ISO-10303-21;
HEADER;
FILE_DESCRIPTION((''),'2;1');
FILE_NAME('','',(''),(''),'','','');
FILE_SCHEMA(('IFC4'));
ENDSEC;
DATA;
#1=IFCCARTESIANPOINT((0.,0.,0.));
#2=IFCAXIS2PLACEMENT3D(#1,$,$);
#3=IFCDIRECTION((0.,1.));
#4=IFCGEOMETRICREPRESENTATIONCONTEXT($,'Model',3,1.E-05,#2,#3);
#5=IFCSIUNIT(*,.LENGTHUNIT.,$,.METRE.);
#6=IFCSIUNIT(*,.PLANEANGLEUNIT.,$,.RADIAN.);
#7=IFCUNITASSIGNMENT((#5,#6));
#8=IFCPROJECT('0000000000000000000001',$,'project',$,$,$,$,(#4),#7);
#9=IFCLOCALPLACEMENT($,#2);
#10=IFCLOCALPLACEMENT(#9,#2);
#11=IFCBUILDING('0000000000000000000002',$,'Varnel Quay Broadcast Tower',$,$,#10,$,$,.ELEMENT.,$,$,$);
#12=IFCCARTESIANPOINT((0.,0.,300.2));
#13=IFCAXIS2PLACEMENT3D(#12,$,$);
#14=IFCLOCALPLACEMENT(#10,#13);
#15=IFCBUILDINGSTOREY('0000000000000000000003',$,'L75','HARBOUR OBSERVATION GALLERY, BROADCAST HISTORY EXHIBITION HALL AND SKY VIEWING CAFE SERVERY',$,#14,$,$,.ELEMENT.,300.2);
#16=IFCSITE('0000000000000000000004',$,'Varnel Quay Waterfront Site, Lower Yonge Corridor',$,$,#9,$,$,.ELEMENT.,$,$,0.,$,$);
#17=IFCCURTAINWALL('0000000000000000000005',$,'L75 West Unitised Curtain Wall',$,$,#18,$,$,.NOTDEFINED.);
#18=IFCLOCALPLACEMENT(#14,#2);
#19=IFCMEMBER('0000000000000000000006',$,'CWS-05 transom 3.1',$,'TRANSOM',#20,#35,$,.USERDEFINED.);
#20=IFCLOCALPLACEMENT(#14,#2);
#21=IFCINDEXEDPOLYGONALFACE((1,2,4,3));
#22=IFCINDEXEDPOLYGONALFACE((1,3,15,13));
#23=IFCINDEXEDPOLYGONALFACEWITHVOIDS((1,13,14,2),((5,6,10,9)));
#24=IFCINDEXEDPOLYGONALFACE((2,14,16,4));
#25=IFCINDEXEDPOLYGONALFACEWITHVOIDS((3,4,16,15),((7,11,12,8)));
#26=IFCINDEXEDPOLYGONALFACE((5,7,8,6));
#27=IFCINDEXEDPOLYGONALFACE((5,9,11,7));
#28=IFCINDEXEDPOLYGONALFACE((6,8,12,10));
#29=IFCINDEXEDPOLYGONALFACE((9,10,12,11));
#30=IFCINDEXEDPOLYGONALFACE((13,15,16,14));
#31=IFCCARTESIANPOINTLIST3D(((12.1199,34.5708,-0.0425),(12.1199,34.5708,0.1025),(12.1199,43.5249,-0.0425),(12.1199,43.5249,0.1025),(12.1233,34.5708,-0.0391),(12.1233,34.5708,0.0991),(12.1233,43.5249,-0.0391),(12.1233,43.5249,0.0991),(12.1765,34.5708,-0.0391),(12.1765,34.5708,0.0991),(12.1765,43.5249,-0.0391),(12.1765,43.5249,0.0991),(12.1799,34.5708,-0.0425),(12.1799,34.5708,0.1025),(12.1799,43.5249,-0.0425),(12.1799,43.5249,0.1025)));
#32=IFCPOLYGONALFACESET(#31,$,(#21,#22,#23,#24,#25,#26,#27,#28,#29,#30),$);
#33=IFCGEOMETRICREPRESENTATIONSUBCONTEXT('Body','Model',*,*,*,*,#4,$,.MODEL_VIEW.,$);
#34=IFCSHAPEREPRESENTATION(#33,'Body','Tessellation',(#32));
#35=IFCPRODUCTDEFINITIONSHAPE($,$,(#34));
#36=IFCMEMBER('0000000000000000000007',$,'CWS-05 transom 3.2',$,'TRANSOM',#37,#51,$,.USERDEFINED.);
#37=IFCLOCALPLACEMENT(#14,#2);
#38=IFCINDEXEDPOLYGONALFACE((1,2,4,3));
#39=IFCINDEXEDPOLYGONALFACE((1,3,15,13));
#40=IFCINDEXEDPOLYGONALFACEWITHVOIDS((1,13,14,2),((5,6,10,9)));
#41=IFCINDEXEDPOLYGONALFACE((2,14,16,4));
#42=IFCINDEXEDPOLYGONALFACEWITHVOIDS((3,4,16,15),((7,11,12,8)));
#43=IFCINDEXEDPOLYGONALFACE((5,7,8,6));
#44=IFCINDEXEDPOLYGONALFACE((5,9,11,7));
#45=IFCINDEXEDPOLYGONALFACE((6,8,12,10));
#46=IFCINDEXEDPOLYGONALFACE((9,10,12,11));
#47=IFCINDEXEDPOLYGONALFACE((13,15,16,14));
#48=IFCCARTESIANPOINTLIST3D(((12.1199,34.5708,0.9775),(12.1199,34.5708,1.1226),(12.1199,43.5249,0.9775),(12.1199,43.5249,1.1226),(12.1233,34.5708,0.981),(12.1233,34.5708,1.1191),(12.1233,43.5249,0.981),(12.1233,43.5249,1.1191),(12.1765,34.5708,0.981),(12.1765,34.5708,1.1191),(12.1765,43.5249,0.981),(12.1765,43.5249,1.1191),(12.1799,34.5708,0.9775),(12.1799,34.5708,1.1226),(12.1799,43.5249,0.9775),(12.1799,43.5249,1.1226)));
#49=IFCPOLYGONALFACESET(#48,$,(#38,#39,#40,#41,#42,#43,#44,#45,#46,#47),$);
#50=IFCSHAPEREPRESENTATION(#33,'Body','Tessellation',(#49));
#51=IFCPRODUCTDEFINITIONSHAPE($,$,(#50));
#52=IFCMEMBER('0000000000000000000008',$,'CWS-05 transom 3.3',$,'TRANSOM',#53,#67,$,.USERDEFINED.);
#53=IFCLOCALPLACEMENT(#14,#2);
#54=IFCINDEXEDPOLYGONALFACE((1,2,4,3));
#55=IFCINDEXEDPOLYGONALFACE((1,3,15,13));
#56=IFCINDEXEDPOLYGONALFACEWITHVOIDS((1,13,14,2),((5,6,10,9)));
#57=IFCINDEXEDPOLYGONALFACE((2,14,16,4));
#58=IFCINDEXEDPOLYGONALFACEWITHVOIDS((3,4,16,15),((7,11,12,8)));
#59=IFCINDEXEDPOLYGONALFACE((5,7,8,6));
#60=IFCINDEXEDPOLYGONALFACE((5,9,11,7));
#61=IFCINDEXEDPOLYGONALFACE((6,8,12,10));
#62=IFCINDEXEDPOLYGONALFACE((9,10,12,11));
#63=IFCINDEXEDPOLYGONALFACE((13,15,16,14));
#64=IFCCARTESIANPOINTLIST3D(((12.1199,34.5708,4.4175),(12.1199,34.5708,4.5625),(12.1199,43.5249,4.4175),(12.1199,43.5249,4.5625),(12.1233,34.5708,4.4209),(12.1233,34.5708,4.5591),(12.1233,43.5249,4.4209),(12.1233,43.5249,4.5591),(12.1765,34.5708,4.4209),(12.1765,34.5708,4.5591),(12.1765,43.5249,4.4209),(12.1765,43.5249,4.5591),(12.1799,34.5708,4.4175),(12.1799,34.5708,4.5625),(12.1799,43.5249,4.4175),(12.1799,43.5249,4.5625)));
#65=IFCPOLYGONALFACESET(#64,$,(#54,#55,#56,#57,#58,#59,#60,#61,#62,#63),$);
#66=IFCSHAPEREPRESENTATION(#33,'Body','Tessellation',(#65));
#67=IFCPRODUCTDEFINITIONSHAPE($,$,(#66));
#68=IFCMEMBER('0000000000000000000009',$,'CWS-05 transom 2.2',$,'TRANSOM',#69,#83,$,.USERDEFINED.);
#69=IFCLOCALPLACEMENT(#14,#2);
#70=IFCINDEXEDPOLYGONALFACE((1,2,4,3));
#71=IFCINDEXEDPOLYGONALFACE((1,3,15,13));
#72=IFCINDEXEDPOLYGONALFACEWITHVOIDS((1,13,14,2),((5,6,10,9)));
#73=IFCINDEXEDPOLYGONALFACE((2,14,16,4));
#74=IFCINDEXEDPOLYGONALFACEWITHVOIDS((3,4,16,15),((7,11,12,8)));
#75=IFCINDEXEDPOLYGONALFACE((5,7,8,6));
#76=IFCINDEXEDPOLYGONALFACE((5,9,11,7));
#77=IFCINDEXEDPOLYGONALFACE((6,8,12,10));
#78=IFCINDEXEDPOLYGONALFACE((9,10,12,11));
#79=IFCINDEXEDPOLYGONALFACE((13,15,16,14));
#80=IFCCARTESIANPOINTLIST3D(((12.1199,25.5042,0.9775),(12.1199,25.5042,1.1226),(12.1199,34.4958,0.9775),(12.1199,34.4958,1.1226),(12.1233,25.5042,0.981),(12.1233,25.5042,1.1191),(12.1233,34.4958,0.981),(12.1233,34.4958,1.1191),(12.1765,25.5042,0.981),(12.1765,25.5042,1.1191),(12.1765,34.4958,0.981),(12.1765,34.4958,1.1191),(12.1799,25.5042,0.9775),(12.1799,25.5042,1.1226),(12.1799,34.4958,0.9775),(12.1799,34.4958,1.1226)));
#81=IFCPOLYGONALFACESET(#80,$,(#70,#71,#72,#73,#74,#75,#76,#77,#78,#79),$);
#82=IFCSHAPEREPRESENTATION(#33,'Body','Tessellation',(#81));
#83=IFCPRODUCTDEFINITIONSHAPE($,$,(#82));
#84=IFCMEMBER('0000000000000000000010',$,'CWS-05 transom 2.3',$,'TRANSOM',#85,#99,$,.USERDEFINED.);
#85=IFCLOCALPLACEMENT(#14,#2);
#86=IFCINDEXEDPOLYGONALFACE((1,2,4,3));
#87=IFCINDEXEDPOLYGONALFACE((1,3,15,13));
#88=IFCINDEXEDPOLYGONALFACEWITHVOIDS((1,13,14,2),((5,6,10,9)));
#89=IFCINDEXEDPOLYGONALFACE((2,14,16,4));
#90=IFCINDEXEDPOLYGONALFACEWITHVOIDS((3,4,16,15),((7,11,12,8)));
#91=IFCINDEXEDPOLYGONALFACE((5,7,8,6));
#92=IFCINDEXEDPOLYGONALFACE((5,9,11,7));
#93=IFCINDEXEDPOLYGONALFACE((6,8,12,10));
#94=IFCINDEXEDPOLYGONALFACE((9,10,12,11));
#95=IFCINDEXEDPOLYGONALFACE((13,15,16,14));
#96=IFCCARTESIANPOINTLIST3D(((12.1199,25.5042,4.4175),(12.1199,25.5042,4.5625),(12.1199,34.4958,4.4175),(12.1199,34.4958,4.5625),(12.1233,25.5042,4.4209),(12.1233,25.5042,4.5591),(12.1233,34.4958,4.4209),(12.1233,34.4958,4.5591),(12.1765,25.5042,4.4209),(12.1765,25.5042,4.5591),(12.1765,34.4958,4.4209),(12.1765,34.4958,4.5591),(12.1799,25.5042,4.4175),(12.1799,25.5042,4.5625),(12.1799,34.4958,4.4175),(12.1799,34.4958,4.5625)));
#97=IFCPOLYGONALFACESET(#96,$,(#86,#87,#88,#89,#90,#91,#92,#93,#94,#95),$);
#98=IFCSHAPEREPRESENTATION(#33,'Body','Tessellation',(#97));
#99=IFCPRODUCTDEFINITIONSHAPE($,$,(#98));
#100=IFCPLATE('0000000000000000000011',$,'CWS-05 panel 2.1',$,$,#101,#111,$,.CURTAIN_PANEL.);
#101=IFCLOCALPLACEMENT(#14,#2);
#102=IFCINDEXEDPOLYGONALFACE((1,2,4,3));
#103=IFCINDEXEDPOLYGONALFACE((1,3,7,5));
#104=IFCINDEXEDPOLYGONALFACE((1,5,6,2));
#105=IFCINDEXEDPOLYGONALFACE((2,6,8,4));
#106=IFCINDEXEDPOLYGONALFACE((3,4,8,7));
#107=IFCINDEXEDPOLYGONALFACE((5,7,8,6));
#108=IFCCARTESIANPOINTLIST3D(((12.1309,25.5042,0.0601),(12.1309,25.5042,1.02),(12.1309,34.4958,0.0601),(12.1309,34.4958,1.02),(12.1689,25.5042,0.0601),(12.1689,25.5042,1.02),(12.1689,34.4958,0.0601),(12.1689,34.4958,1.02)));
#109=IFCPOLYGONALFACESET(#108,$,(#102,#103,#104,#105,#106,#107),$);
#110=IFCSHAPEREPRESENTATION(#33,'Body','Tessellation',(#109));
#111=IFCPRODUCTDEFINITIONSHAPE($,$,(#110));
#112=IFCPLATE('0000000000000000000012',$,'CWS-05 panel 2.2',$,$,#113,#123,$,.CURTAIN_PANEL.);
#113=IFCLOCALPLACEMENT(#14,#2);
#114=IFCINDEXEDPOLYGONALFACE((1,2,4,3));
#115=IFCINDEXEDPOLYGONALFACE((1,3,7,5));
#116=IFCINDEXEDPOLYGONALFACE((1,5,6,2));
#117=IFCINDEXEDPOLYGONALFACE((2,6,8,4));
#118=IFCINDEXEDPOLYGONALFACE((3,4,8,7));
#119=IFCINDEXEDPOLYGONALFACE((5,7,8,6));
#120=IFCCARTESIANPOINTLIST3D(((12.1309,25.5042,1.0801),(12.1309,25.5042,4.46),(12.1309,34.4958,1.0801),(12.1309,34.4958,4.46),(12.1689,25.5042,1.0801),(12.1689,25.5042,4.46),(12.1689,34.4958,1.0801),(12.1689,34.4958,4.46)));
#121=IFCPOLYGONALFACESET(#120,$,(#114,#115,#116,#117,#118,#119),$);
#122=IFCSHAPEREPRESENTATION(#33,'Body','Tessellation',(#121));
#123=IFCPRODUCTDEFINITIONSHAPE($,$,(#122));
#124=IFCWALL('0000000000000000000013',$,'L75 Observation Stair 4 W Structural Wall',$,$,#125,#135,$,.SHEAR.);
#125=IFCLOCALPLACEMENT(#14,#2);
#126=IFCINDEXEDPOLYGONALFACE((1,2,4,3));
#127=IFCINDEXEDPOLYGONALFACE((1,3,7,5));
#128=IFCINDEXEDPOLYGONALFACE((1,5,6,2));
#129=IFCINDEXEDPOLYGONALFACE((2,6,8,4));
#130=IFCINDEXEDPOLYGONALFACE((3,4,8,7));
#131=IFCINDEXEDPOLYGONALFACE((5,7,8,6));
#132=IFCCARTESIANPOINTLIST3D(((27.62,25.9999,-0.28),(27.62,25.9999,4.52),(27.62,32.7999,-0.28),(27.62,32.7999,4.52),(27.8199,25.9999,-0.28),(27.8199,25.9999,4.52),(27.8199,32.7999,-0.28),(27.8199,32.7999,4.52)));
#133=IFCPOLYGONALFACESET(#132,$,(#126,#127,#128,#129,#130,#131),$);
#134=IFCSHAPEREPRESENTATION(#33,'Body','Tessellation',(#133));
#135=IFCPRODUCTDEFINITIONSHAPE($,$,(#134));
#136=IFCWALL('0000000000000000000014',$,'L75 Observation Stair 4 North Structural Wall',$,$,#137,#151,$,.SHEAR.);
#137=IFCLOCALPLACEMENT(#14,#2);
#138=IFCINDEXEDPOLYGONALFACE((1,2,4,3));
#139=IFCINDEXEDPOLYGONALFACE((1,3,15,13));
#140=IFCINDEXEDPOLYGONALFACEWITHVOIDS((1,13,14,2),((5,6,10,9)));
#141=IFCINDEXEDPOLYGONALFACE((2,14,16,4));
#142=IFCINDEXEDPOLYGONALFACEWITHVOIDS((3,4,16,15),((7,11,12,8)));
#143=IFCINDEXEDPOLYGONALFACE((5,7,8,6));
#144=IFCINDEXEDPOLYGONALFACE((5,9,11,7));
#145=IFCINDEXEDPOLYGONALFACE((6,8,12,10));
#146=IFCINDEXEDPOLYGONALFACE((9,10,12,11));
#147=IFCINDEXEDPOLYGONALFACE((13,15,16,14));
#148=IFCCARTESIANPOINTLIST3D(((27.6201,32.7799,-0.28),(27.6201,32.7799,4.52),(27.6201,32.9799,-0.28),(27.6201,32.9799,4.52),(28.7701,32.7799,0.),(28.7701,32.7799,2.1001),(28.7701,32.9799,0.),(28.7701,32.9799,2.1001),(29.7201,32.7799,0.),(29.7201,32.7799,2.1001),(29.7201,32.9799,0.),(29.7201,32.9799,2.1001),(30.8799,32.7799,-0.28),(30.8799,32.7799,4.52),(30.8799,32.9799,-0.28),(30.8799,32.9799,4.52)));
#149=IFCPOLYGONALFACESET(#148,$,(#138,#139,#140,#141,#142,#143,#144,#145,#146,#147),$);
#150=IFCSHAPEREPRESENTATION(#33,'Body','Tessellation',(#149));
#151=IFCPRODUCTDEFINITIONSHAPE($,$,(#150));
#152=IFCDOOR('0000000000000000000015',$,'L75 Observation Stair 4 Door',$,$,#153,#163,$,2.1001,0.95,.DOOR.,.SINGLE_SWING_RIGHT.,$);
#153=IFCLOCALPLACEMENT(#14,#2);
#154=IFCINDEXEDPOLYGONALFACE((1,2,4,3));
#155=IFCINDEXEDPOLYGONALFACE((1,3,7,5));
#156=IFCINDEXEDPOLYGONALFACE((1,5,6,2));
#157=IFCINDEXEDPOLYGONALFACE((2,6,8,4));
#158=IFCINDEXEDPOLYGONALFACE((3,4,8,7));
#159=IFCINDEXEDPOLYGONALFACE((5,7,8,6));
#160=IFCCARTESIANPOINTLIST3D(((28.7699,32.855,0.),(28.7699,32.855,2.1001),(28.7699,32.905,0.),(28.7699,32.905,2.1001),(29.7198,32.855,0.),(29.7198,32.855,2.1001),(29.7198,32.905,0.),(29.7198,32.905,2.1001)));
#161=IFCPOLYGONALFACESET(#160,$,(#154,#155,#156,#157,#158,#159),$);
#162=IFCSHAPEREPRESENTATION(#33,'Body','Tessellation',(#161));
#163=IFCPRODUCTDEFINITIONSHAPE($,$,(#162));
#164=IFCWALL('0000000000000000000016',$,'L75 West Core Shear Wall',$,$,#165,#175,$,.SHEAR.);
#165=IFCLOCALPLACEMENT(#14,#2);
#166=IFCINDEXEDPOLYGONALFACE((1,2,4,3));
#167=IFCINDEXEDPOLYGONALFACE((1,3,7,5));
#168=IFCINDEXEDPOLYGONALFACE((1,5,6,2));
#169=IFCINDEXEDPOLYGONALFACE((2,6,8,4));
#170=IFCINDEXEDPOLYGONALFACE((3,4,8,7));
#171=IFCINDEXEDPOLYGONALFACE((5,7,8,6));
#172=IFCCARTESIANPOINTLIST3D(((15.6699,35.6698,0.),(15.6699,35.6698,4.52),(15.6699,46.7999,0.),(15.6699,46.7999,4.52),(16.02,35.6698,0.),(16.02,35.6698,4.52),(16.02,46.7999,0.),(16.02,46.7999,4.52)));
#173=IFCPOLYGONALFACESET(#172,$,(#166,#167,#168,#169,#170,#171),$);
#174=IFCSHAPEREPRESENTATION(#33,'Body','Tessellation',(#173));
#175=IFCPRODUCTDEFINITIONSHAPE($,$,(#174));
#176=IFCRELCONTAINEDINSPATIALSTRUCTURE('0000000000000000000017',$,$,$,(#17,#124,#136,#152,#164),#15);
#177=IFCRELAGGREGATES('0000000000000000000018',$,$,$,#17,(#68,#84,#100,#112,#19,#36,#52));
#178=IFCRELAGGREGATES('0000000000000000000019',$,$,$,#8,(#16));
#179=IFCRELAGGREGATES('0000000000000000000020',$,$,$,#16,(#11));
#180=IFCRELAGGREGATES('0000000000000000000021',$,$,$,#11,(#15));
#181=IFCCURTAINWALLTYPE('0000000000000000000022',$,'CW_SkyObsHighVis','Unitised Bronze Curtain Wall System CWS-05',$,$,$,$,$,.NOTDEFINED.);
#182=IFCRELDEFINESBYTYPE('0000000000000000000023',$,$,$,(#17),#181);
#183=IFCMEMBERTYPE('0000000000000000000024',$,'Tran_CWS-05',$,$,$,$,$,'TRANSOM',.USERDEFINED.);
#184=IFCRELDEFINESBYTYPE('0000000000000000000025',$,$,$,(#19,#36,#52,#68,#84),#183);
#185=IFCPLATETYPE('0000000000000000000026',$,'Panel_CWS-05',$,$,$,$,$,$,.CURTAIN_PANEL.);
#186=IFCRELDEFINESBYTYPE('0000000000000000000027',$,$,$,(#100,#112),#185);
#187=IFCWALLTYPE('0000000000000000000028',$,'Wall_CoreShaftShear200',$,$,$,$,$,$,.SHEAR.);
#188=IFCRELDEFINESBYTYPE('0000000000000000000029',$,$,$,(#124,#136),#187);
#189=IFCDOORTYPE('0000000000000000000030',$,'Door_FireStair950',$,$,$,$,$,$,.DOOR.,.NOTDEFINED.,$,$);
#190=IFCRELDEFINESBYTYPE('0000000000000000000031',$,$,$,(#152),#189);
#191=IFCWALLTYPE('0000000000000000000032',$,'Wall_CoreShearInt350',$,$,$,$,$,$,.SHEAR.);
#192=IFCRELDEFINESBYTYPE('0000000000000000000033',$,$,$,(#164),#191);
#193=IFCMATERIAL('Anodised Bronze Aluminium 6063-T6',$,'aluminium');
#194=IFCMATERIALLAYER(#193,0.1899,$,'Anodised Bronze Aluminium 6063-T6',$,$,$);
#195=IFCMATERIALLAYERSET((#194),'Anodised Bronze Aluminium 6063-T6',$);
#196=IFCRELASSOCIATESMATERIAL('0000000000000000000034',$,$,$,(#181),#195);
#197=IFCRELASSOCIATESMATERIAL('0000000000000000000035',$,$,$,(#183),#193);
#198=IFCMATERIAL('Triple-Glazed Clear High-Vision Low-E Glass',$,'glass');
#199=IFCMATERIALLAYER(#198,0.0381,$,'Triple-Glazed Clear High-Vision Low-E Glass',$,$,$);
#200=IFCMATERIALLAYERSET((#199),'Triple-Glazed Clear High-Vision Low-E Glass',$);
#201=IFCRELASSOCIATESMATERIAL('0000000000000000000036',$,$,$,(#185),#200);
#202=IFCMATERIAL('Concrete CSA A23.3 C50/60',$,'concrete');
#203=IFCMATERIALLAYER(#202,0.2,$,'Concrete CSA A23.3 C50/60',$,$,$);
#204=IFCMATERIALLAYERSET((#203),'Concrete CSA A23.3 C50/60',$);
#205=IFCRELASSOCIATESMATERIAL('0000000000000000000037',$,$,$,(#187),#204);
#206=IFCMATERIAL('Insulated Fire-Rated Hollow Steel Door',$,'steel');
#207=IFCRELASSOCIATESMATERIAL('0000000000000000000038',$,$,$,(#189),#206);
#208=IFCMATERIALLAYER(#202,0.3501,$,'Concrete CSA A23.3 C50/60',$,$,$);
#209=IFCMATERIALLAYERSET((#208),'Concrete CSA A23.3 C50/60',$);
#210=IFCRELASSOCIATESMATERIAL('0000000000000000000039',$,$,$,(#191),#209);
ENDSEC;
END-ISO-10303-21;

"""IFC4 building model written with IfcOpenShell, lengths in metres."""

from ifc_helpers import new_model, si_unit, direction, frame, frame_2d, origin, origin_2d, place, context, subcontext, project, spatial, rectangle, hollow_rectangle, extrude, source, transform, mapped, material, layer, layer_set, material_profile, profile_set, type_object, type_shapes, element, fill, aggregate, save


model = new_model("IFC4")

# Units and contexts
model_context = context("Model", 3, precision=1e-05, world=origin(), true_north=direction((0.0, 1.0)))
body_context = subcontext(model_context, "Body", "Model", "MODEL_VIEW")
ifc_project = project(units=[si_unit("LENGTHUNIT", "METRE"), si_unit("PLANEANGLEUNIT", "RADIAN")], contexts=[model_context])

# Site, building, storey
site_placement = place(None, origin())
site = spatial("IfcSite", under=ifc_project, at=site_placement, Name="Varnel Quay Waterfront Site, Lower Yonge Corridor", CompositionType="ELEMENT", RefElevation=0.0)
building_placement = place(site_placement, origin())
building = spatial("IfcBuilding", under=site, at=building_placement, Name="Varnel Quay Broadcast Tower", CompositionType="ELEMENT")
storey_placement = place(building_placement, frame((0.0, 0.0, 300.2)))
storey = spatial("IfcBuildingStorey", under=building, at=storey_placement, Name="L75", Description="HARBOUR OBSERVATION GALLERY, BROADCAST HISTORY EXHIBITION HALL AND SKY VIEWING CAFE SERVERY", CompositionType="ELEMENT", Elevation=300.2)

# Shared definitions
ifc_material_1 = material(Name="Concrete CSA A23.3 C50/60", Category="concrete")

# Curtain wall, members, plates
ifc_material_2 = material(Name="Anodised Bronze Aluminium 6063-T6", Category="aluminium")
ifc_layer_1 = layer(ifc_material_2, 0.1899, Name="Anodised Bronze Aluminium 6063-T6")
ifc_layer_set_1 = layer_set([ifc_layer_1], Name="Anodised Bronze Aluminium 6063-T6")
curtain_wall_type = type_object("IfcCurtainWallType", Name="CW_SkyObsHighVis", Description="Unitised Bronze Curtain Wall System CWS-05", PredefinedType="NOTDEFINED", material=ifc_layer_set_1)
curtain_wall_placement = place(storey_placement, origin())
curtain_wall = element("IfcCurtainWall", 1, at=curtain_wall_placement, inside=storey, type_object=curtain_wall_type, Name="L75 West Unitised Curtain Wall", PredefinedType="NOTDEFINED")
ifc_material_profile_1 = material_profile(ifc_material_2, hollow_rectangle(XDim=0.0601, YDim=0.145, WallThickness=0.0034, at=origin_2d()), Name="ALU60X145X3.5")
ifc_profile_set_1 = profile_set([ifc_material_profile_1], Name="Anodised Bronze Aluminium 6063-T6")
member_type_1 = type_object("IfcMemberType", Name="Tran_CWS-05", ElementType="TRANSOM", PredefinedType="USERDEFINED", material=ifc_profile_set_1)
shared_shape_1 = source(origin(), body_context, "Body", "SweptSolid", [
    extrude(hollow_rectangle(XDim=0.0601, YDim=0.145, WallThickness=0.0034, at=origin_2d()), origin(), (0.0, 0.0, 1.0), 8.9541),
])
member_1_placement = place(storey_placement, frame((12.1499, 34.5708, 0.03), z_axis=(0.0, 1.0, 0.0), x_axis=(-1.0, 0.0, 0.0)))
member_1 = element("IfcMember", 2, at=member_1_placement, type_object=member_type_1, Name="CWS-05 transom 3.1", ObjectType="TRANSOM", PredefinedType="USERDEFINED", context=body_context, shape_type="MappedRepresentation", body=[
    mapped(shared_shape_1, transform((0.0, 0.0, 0.0), x_axis=(1.0, 0.0, 0.0), y_axis=(0.0, 1.0, 0.0), z_axis=(0.0, 0.0, 1.0), scale=1.0)),
])
member_2_placement = place(storey_placement, frame((12.1499, 34.5708, 1.05), z_axis=(0.0, 1.0, 0.0), x_axis=(-1.0, 0.0, 0.0)))
member_2 = element("IfcMember", 3, at=member_2_placement, type_object=member_type_1, Name="CWS-05 transom 3.2", ObjectType="TRANSOM", PredefinedType="USERDEFINED", context=body_context, shape_type="MappedRepresentation", body=[
    mapped(shared_shape_1, transform((0.0, 0.0, 0.0), x_axis=(1.0, 0.0, 0.0), y_axis=(0.0, 1.0, 0.0), z_axis=(0.0, 0.0, 1.0), scale=1.0)),
])
member_3_placement = place(storey_placement, frame((12.1499, 34.5708, 4.49), z_axis=(0.0, 1.0, 0.0), x_axis=(-1.0, 0.0, 0.0)))
member_3 = element("IfcMember", 4, at=member_3_placement, type_object=member_type_1, Name="CWS-05 transom 3.3", ObjectType="TRANSOM", PredefinedType="USERDEFINED", context=body_context, shape_type="MappedRepresentation", body=[
    mapped(shared_shape_1, transform((0.0, 0.0, 0.0), x_axis=(1.0, 0.0, 0.0), y_axis=(0.0, 1.0, 0.0), z_axis=(0.0, 0.0, 1.0), scale=1.0)),
])
shared_shape_2 = source(origin(), body_context, "Body", "SweptSolid", [
    extrude(hollow_rectangle(XDim=0.0601, YDim=0.145, WallThickness=0.0034, at=origin_2d()), origin(), (0.0, 0.0, 1.0), 8.9917),
])
type_shapes(member_type_1, [shared_shape_1, shared_shape_2])
member_4_placement = place(storey_placement, frame((12.1499, 25.5042, 1.05), z_axis=(0.0, 1.0, 0.0), x_axis=(-1.0, 0.0, 0.0)))
member_4 = element("IfcMember", 5, at=member_4_placement, type_object=member_type_1, Name="CWS-05 transom 2.2", ObjectType="TRANSOM", PredefinedType="USERDEFINED", context=body_context, shape_type="MappedRepresentation", body=[
    mapped(shared_shape_2, transform((0.0, 0.0, 0.0), x_axis=(1.0, 0.0, 0.0), y_axis=(0.0, 1.0, 0.0), z_axis=(0.0, 0.0, 1.0), scale=1.0)),
])
member_5_placement = place(storey_placement, frame((12.1499, 25.5042, 4.49), z_axis=(0.0, 1.0, 0.0), x_axis=(-1.0, 0.0, 0.0)))
member_5 = element("IfcMember", 6, at=member_5_placement, type_object=member_type_1, Name="CWS-05 transom 2.3", ObjectType="TRANSOM", PredefinedType="USERDEFINED", context=body_context, shape_type="MappedRepresentation", body=[
    mapped(shared_shape_2, transform((0.0, 0.0, 0.0), x_axis=(1.0, 0.0, 0.0), y_axis=(0.0, 1.0, 0.0), z_axis=(0.0, 0.0, 1.0), scale=1.0)),
])
ifc_material_3 = material(Name="Triple-Glazed Clear High-Vision Low-E Glass", Category="glass")
ifc_layer_2 = layer(ifc_material_3, 0.0381, Name="Triple-Glazed Clear High-Vision Low-E Glass")
ifc_layer_set_2 = layer_set([ifc_layer_2], Name="Triple-Glazed Clear High-Vision Low-E Glass")
plate_type = type_object("IfcPlateType", Name="Panel_CWS-05", PredefinedType="CURTAIN_PANEL", material=ifc_layer_set_2)
shared_shape_3 = source(origin(), body_context, "Body", "SweptSolid", [
    extrude(rectangle(XDim=8.9917, YDim=0.0381, at=origin_2d()), origin(), (0.0, 0.0, 1.0), 0.96),
])
plate_1_placement = place(storey_placement, frame((12.1499, 30.0, 0.0601), z_axis=(0.0, 0.0, 1.0), x_axis=(0.0, 1.0, 0.0)))
plate_1 = element("IfcPlate", 7, at=plate_1_placement, type_object=plate_type, Name="CWS-05 panel 2.1", PredefinedType="CURTAIN_PANEL", context=body_context, shape_type="MappedRepresentation", body=[
    mapped(shared_shape_3, transform((0.0, 0.0, 0.0), x_axis=(1.0, 0.0, 0.0), y_axis=(0.0, 1.0, 0.0), z_axis=(0.0, 0.0, 1.0), scale=1.0)),
])
shared_shape_4 = source(origin(), body_context, "Body", "SweptSolid", [
    extrude(rectangle(XDim=8.9917, YDim=0.0381, at=origin_2d()), origin(), (0.0, 0.0, 1.0), 3.3799),
])
type_shapes(plate_type, [shared_shape_3, shared_shape_4])
plate_2_placement = place(storey_placement, frame((12.1499, 30.0, 1.0801), z_axis=(0.0, 0.0, 1.0), x_axis=(0.0, 1.0, 0.0)))
plate_2 = element("IfcPlate", 8, at=plate_2_placement, type_object=plate_type, Name="CWS-05 panel 2.2", PredefinedType="CURTAIN_PANEL", context=body_context, shape_type="MappedRepresentation", body=[
    mapped(shared_shape_4, transform((0.0, 0.0, 0.0), x_axis=(1.0, 0.0, 0.0), y_axis=(0.0, 1.0, 0.0), z_axis=(0.0, 0.0, 1.0), scale=1.0)),
])
aggregate(curtain_wall, [member_4, member_5, plate_1, plate_2, member_1, member_2, member_3])

# Wall
ifc_layer_3 = layer(ifc_material_1, 0.2, Name="Concrete CSA A23.3 C50/60")
ifc_layer_set_3 = layer_set([ifc_layer_3], Name="Concrete CSA A23.3 C50/60")
wall_type_1 = type_object("IfcWallType", Name="Wall_CoreShaftShear200", PredefinedType="SHEAR", material=ifc_layer_set_3)
wall_1_placement = place(storey_placement, frame((27.72, 26.0, -0.28), z_axis=(0.0, 0.0, 1.0), x_axis=(0.0, 1.0, 0.0)))
element("IfcWall", 9, at=wall_1_placement, inside=storey, type_object=wall_type_1, Name="L75 Observation Stair 4 W Structural Wall", PredefinedType="SHEAR", context=body_context, shape_type="SweptSolid", body=[
    extrude(rectangle(XDim=6.8, YDim=0.2, at=frame_2d((3.3999, 0.0))), origin(), (0.0, 0.0, 1.0), 4.8),
])

# Wall, opening, door
wall_2_placement = place(storey_placement, frame((27.6201, 32.8799, -0.28), z_axis=(0.0, 0.0, 1.0), x_axis=(1.0, 0.0, 0.0)))
wall_2 = element("IfcWall", 10, at=wall_2_placement, inside=storey, type_object=wall_type_1, Name="L75 Observation Stair 4 North Structural Wall", PredefinedType="SHEAR", context=body_context, shape_type="SweptSolid", body=[
    extrude(rectangle(XDim=3.2598, YDim=0.2, at=frame_2d((1.6299, 0.0))), origin(), (0.0, 0.0, 1.0), 4.8),
])
opening_1_placement = place(wall_2_placement, frame((1.1499, 0.0, 0.28)))
opening_1 = element("IfcOpeningElement", 11, at=opening_1_placement, cuts=wall_2, PredefinedType="OPENING", context=body_context, shape_type="SweptSolid", body=[
    extrude(rectangle(XDim=0.95, YDim=2.1001, at=frame_2d((0.4751, 1.05))), frame((0.0, 0.1099, 0.0), z_axis=(0.0, -1.0, 0.0), x_axis=(1.0, 0.0, 0.0)), (0.0, 0.0, 1.0), 0.22),
])
ifc_material_4 = material(Name="Insulated Fire-Rated Hollow Steel Door", Category="steel")
door_type_1 = type_object("IfcDoorType", Name="Door_FireStair950", OperationType="NOTDEFINED", PredefinedType="DOOR", material=ifc_material_4)
shared_shape_5 = source(origin(), body_context, "Body", "SweptSolid", [
    extrude(rectangle(XDim=0.95, YDim=2.1001, at=frame_2d((0.4751, 1.05))), frame((0.0, 0.0249, 0.0), z_axis=(0.0, -1.0, 0.0), x_axis=(1.0, 0.0, 0.0)), (0.0, 0.0, 1.0), 0.05),
])
type_shapes(door_type_1, [shared_shape_5])
door_1_placement = place(opening_1_placement, frame((0.95, 0.0, 0.0), z_axis=(0.0, 0.0, 1.0), x_axis=(-1.0, 0.0, 0.0)))
door_1 = element("IfcDoor", 12, at=door_1_placement, inside=storey, type_object=door_type_1, Name="L75 Observation Stair 4 Door", OperationType="SINGLE_SWING_RIGHT", OverallHeight=2.1001, OverallWidth=0.95, PredefinedType="DOOR", context=body_context, shape_type="MappedRepresentation", body=[
    mapped(shared_shape_5, transform((0.0, 0.0, 0.0), x_axis=(1.0, 0.0, 0.0), y_axis=(0.0, 1.0, 0.0), z_axis=(0.0, 0.0, 1.0), scale=1.0)),
])
fill(opening_1, door_1)

# Wall
ifc_layer_4 = layer(ifc_material_1, 0.3501, Name="Concrete CSA A23.3 C50/60")
ifc_layer_set_4 = layer_set([ifc_layer_4], Name="Concrete CSA A23.3 C50/60")
wall_type_2 = type_object("IfcWallType", Name="Wall_CoreShearInt350", PredefinedType="SHEAR", material=ifc_layer_set_4)
wall_3_placement = place(storey_placement, frame((15.845, 35.6699, 0.0), z_axis=(0.0, 0.0, 1.0), x_axis=(0.0, 1.0, 0.0)))
element("IfcWall", 13, at=wall_3_placement, inside=storey, type_object=wall_type_2, Name="L75 West Core Shear Wall", PredefinedType="SHEAR", context=body_context, shape_type="SweptSolid", body=[
    extrude(rectangle(XDim=11.1301, YDim=0.3501, at=frame_2d((5.5649, 0.0))), origin(), (0.0, 0.0, 1.0), 4.52),
])

save(model, "model.ifc")
